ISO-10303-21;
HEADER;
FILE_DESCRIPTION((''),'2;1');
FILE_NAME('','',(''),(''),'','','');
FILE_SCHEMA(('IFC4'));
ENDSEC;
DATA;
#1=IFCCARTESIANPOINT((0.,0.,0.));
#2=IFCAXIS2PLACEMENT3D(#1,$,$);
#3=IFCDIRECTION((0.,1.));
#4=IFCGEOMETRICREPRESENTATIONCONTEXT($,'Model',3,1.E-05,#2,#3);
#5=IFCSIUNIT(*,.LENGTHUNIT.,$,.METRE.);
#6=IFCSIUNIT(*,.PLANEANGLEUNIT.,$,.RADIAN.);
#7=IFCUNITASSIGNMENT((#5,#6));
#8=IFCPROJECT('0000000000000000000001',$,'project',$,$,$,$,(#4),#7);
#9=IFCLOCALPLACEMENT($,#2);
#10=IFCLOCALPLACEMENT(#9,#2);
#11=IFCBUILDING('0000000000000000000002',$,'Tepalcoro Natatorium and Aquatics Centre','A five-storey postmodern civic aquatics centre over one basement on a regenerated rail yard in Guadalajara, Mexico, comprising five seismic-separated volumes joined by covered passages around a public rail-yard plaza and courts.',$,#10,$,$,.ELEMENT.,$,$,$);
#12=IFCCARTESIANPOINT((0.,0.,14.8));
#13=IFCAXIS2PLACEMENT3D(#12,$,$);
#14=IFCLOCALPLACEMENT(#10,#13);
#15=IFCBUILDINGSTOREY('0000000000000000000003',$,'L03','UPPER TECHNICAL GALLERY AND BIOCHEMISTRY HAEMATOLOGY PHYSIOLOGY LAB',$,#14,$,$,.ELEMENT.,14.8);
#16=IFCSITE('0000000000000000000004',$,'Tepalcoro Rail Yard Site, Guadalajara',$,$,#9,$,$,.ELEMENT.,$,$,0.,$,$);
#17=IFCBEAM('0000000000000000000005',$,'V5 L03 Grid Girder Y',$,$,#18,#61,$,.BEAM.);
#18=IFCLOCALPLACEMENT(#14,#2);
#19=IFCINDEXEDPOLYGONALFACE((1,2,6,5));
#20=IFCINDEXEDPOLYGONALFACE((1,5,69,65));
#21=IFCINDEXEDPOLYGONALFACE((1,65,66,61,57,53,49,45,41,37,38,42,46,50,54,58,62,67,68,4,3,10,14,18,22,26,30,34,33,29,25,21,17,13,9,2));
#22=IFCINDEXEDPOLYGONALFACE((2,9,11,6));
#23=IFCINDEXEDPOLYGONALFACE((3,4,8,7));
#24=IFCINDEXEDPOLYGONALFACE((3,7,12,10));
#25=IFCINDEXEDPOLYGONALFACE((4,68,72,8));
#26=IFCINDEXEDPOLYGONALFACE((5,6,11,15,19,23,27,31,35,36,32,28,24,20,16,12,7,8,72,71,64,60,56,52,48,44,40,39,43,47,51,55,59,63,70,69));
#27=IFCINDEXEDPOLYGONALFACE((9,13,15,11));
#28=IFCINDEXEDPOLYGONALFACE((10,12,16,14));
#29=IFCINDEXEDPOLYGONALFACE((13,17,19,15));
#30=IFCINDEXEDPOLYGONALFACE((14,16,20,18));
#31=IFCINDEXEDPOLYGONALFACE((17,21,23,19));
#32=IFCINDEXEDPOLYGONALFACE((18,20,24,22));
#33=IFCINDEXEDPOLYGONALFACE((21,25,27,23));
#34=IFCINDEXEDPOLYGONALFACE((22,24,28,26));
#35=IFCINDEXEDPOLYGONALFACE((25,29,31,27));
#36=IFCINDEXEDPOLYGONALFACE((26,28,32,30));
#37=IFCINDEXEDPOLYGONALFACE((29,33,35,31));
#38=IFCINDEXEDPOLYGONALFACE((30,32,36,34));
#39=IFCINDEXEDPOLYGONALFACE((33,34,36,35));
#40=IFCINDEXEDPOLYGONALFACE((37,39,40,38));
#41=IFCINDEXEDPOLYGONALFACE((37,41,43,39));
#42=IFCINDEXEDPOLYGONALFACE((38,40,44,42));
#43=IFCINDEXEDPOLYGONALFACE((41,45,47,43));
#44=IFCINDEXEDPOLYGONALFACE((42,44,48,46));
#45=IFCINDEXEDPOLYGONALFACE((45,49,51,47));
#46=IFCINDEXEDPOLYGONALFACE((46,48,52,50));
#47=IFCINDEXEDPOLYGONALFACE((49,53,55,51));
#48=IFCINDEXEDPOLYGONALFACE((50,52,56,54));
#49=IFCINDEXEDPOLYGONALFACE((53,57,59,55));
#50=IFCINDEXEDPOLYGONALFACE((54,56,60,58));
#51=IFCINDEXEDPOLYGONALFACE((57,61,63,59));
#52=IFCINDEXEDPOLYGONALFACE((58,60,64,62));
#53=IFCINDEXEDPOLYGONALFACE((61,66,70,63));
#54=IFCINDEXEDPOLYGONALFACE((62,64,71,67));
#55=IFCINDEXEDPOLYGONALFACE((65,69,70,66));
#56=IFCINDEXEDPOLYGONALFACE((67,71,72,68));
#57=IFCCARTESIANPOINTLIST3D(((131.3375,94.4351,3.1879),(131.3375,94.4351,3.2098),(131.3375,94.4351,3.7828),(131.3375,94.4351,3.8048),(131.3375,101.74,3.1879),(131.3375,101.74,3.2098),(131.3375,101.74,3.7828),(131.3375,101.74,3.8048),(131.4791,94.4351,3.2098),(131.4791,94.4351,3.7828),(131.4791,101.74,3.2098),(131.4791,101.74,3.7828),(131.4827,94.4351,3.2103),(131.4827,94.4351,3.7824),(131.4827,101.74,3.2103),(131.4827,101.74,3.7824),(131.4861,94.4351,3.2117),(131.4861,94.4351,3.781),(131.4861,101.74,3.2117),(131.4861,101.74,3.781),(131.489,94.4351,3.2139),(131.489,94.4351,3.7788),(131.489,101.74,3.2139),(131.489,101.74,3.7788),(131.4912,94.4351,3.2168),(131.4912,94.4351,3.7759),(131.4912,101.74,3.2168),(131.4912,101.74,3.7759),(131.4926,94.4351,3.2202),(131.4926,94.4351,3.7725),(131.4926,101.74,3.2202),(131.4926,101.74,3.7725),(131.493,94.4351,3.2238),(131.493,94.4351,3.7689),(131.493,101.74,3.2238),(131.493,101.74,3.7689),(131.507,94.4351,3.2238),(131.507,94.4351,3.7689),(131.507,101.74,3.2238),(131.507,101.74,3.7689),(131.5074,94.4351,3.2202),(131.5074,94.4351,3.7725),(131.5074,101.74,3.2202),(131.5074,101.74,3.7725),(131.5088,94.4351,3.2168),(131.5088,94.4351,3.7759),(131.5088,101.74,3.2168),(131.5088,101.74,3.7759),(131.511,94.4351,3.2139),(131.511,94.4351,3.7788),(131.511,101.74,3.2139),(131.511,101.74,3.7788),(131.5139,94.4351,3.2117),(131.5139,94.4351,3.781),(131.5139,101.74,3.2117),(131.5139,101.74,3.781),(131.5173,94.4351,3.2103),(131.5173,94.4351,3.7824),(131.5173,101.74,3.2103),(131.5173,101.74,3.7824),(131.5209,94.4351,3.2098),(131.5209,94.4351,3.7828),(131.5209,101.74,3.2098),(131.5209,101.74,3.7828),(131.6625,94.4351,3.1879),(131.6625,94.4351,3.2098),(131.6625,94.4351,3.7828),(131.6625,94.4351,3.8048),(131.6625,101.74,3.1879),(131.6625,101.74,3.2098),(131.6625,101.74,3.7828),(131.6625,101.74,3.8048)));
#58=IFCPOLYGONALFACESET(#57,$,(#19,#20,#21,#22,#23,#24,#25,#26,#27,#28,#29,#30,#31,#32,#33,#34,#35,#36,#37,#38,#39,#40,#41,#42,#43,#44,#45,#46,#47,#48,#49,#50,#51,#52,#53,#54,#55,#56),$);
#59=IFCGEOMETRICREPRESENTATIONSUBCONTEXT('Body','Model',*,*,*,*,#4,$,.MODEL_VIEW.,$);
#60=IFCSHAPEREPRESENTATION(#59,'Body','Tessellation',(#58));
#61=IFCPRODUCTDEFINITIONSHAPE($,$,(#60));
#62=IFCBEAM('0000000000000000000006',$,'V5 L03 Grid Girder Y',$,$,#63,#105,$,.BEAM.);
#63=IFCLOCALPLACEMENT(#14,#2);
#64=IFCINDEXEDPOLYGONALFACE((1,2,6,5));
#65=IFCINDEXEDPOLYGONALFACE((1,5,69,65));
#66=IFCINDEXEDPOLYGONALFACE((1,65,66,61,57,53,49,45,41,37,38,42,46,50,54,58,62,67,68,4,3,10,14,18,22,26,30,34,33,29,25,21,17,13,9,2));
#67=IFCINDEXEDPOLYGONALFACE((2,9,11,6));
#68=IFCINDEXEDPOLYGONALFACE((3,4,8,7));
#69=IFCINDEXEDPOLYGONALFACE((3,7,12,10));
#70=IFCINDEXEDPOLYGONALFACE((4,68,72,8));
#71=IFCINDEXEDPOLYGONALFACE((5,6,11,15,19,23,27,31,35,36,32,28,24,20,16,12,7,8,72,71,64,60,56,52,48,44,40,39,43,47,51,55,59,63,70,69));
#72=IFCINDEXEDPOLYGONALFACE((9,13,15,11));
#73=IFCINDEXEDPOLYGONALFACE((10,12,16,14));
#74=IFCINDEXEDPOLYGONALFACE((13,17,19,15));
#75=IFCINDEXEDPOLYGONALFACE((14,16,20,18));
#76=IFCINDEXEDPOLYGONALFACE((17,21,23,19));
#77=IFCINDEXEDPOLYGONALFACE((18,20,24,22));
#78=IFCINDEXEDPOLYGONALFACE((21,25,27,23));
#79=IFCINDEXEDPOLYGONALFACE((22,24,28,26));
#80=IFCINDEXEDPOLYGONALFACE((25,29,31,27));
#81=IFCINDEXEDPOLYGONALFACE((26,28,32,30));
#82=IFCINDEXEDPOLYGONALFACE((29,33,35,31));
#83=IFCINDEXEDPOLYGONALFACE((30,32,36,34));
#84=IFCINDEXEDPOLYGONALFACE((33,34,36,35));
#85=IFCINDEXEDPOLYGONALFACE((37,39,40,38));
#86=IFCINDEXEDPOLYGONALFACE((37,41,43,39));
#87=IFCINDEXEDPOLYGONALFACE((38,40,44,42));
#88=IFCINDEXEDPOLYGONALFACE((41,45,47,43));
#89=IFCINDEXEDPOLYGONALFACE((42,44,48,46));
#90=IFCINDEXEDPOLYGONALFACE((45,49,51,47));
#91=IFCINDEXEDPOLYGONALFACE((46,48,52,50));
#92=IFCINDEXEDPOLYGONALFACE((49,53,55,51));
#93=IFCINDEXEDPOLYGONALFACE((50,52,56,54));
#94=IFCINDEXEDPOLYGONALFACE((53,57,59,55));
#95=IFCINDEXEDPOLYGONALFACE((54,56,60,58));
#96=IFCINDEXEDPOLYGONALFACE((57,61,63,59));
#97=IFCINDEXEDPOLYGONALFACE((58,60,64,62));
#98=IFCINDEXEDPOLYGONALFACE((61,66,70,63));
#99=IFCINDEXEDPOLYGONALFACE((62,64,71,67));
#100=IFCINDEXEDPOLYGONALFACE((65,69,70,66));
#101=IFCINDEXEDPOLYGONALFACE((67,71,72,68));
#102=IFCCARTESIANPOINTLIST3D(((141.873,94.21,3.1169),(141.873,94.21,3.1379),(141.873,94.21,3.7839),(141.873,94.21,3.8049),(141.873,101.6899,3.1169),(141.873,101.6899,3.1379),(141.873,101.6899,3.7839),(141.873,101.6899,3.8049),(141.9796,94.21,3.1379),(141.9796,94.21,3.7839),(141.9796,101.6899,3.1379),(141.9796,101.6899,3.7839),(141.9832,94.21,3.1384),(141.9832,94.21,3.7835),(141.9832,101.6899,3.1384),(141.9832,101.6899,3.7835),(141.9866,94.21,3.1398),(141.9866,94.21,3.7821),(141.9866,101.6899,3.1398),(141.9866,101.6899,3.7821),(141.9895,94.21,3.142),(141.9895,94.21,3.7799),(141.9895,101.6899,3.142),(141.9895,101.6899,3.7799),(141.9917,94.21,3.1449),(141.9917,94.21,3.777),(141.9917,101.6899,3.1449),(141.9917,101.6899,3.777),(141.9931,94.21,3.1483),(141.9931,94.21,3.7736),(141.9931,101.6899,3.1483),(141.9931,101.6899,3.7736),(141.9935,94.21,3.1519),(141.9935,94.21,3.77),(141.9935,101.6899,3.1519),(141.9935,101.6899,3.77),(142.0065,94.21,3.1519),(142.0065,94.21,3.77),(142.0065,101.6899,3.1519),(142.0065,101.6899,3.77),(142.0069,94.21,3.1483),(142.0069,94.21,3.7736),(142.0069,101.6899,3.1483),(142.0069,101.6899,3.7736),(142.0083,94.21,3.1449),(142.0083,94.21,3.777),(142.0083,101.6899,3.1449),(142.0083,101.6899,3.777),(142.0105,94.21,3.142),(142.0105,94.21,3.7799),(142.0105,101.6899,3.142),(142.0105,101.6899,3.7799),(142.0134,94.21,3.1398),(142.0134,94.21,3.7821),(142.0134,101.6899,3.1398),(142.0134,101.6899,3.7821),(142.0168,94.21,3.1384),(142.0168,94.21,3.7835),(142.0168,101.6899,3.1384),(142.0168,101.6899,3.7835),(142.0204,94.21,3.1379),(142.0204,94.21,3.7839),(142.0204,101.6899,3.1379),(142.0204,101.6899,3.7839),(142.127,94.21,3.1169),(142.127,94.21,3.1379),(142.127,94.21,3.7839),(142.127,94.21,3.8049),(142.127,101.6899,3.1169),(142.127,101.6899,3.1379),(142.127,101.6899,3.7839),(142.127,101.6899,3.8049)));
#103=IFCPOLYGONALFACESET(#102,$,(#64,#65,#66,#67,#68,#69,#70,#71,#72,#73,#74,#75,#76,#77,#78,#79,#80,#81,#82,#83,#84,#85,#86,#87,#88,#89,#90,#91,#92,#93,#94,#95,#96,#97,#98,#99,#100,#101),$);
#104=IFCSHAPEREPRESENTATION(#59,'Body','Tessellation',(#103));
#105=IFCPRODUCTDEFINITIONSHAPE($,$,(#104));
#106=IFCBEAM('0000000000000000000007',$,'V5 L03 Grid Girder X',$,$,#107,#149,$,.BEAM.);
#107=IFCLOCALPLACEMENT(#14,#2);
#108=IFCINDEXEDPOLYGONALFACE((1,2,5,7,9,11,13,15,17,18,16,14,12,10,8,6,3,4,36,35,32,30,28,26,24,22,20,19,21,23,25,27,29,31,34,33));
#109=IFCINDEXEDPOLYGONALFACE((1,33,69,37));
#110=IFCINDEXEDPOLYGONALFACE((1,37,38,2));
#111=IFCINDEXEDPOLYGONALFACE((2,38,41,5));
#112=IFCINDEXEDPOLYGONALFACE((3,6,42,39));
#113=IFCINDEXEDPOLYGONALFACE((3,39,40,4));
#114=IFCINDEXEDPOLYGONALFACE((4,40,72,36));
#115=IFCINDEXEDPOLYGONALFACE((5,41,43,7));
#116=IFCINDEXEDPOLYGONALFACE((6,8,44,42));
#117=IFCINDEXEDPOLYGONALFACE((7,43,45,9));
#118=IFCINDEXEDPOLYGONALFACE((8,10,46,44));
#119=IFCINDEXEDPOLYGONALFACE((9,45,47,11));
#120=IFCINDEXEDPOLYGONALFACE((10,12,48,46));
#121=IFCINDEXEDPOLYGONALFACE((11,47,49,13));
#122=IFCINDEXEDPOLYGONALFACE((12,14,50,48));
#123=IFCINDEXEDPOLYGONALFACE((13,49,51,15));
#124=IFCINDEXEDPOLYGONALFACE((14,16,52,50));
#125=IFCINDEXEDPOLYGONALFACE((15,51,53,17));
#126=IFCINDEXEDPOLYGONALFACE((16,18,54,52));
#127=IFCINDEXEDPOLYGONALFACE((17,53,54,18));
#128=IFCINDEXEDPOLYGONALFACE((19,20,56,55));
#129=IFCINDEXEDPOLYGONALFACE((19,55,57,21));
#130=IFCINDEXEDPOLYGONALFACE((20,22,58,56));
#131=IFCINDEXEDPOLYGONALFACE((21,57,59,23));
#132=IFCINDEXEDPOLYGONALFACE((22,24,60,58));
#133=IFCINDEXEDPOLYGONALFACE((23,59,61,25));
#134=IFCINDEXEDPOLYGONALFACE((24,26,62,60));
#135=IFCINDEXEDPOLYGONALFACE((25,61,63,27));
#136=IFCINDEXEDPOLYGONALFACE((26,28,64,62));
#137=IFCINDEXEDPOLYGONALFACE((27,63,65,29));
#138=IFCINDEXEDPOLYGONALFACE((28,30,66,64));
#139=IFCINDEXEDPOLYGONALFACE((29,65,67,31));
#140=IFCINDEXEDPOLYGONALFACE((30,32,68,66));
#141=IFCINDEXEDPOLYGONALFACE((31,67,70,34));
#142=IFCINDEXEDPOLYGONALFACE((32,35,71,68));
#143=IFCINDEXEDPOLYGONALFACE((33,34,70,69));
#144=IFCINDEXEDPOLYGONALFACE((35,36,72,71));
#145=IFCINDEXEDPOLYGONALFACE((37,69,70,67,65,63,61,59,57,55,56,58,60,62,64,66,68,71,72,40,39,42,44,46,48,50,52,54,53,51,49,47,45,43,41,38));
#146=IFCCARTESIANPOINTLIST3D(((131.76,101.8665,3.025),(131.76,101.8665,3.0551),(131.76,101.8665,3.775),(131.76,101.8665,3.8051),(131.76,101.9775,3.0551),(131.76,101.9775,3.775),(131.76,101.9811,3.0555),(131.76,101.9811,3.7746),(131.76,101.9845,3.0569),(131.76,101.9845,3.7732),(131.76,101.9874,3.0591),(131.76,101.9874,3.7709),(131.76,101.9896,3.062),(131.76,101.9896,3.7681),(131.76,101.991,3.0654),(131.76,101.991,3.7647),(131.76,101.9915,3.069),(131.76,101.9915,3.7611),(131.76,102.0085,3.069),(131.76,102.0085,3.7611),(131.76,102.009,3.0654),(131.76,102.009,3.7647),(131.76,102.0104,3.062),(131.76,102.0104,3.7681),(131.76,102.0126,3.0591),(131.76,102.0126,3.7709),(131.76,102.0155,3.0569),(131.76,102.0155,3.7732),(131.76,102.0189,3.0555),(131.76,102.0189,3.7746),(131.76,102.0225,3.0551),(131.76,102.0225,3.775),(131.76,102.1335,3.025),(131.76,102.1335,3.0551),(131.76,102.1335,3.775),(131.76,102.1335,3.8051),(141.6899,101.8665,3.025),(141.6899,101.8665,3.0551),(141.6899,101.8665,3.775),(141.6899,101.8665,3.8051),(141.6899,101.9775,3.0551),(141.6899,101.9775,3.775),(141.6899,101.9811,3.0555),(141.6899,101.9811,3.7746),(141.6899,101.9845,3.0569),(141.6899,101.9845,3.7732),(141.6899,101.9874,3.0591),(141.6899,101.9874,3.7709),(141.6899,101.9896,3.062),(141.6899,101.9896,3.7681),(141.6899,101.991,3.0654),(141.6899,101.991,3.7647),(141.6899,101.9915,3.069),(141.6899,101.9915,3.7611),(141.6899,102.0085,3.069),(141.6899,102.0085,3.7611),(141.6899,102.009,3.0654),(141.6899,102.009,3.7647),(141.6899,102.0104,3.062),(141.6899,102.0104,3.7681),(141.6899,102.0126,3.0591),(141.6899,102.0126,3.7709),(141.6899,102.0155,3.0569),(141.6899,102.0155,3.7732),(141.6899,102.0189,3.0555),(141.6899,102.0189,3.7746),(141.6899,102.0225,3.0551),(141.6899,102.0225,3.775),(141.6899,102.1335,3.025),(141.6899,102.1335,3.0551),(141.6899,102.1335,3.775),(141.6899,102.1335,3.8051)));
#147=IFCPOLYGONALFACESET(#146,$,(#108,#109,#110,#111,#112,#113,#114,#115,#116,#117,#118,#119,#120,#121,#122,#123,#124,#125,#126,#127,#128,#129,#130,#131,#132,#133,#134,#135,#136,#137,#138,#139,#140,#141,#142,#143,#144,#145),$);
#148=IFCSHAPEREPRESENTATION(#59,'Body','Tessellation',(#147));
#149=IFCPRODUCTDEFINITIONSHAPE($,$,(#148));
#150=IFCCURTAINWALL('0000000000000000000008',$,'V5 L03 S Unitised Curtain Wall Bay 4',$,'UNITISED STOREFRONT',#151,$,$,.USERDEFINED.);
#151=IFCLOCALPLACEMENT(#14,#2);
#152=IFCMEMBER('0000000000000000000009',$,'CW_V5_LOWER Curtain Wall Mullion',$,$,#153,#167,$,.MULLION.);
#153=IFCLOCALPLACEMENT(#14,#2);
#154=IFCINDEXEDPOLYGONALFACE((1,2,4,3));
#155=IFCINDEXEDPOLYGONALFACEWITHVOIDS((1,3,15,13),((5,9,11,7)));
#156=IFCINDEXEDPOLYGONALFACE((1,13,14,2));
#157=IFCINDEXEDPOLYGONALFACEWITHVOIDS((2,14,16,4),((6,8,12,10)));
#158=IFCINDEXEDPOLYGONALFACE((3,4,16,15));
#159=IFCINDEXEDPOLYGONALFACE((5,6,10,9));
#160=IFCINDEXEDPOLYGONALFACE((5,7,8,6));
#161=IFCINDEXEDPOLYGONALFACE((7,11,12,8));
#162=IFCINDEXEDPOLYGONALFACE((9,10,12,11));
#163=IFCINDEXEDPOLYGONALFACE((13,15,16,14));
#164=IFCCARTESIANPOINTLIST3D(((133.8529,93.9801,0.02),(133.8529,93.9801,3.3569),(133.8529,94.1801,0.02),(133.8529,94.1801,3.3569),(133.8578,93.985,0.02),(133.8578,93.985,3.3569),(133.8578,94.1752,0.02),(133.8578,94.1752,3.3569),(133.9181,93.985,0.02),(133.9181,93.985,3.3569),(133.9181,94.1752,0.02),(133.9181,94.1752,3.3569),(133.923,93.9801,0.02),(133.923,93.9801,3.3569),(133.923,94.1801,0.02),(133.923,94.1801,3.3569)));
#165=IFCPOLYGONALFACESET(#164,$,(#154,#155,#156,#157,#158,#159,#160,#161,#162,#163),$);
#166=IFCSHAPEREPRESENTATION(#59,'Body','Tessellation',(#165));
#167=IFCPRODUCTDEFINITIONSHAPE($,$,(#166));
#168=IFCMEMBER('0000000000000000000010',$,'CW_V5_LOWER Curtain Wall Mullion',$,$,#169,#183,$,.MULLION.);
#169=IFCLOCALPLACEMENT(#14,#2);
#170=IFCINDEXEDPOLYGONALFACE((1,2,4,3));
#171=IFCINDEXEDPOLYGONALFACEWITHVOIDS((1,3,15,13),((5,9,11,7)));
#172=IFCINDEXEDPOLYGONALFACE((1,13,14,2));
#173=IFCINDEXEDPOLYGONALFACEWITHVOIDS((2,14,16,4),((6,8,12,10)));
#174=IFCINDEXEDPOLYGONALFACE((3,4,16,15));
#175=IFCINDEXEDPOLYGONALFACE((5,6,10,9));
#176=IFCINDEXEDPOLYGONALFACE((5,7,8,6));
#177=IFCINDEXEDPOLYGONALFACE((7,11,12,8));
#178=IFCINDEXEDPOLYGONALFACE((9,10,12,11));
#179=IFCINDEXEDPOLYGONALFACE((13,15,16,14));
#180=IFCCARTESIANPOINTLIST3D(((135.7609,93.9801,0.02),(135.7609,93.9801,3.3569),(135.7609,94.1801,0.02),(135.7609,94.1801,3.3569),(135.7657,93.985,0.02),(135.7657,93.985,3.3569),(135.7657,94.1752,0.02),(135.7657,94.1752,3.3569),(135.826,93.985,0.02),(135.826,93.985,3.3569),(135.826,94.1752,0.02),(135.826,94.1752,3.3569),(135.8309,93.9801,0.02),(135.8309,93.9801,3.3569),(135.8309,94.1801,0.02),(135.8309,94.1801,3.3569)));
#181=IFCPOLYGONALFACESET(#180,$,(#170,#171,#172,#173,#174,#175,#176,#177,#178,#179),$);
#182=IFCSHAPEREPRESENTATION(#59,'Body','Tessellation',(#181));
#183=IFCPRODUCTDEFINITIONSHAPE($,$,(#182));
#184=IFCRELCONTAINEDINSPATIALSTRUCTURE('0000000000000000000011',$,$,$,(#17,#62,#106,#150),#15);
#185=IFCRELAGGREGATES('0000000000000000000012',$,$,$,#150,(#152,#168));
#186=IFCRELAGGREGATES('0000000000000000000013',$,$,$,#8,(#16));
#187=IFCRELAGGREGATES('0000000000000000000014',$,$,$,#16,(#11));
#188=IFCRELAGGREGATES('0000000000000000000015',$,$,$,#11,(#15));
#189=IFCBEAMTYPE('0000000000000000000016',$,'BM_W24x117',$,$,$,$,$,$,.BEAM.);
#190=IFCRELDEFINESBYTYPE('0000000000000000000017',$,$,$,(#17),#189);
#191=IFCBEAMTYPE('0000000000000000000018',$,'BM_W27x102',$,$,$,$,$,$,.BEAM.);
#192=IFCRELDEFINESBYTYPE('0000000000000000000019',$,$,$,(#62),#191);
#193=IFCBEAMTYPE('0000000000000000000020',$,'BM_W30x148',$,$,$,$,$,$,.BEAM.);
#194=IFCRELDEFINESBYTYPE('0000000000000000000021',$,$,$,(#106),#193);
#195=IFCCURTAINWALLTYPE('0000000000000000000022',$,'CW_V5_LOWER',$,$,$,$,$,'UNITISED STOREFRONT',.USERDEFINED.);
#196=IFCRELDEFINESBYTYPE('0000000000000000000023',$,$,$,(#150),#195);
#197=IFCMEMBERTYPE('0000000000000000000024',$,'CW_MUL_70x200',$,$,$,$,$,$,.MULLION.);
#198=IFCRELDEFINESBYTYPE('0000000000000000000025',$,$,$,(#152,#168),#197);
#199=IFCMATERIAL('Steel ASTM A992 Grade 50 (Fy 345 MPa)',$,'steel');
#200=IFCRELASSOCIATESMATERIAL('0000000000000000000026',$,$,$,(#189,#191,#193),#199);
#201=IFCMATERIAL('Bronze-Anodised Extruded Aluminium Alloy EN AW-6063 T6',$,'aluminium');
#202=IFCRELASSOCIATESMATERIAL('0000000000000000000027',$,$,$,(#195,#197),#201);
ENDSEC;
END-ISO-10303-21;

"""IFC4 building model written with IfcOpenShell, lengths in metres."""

from ifc_helpers import new_model, si_unit, direction, frame, origin, origin_2d, place, context, subcontext, project, spatial, hollow_rectangle, i_section, extrude, material, material_profile, profile_set, type_object, element, aggregate, save


model = new_model("IFC4")

# Units and contexts
model_context = context("Model", 3, precision=1e-05, world=origin(), true_north=direction((0.0, 1.0)))
body_context = subcontext(model_context, "Body", "Model", "MODEL_VIEW")
ifc_project = project(units=[si_unit("LENGTHUNIT", "METRE"), si_unit("PLANEANGLEUNIT", "RADIAN")], contexts=[model_context])

# Site, building, storey
site_placement = place(None, origin())
site = spatial("IfcSite", under=ifc_project, at=site_placement, Name="Tepalcoro Rail Yard Site, Guadalajara", CompositionType="ELEMENT", RefElevation=0.0)
building_placement = place(site_placement, origin())
building = spatial("IfcBuilding", under=site, at=building_placement, Name="Tepalcoro Natatorium and Aquatics Centre", Description="A five-storey postmodern civic aquatics centre over one basement on a regenerated rail yard in Guadalajara, Mexico, comprising five seismic-separated volumes joined by covered passages around a public rail-yard plaza and courts.", CompositionType="ELEMENT")
storey_placement = place(building_placement, frame((0.0, 0.0, 14.8)))
storey = spatial("IfcBuildingStorey", under=building, at=storey_placement, Name="L03", Description="UPPER TECHNICAL GALLERY AND BIOCHEMISTRY HAEMATOLOGY PHYSIOLOGY LAB", CompositionType="ELEMENT", Elevation=14.8)

# Beams
ifc_material_1 = material(Name="Steel ASTM A992 Grade 50 (Fy 345 MPa)", Category="steel")
ifc_material_profile_1 = material_profile(ifc_material_1, i_section(OverallWidth=0.325, OverallDepth=0.6169, WebThickness=0.0139, FlangeThickness=0.022, FilletRadius=0.0139, at=origin_2d()), Name="W24X117")
ifc_profile_set_1 = profile_set([ifc_material_profile_1], Name="Steel ASTM A992 Grade 50 (Fy 345 MPa)")
beam_type_1 = type_object("IfcBeamType", Name="BM_W24x117", PredefinedType="BEAM", material=ifc_profile_set_1)
beam_1_placement = place(storey_placement, frame((131.5, 94.4351, 3.4963), z_axis=(0.0, 1.0, 0.0), x_axis=(-1.0, 0.0, 0.0)))
element("IfcBeam", 1, at=beam_1_placement, inside=storey, type_object=beam_type_1, Name="V5 L03 Grid Girder Y", PredefinedType="BEAM", context=body_context, shape_type="SweptSolid", body=[
    extrude(i_section(OverallWidth=0.325, OverallDepth=0.6169, WebThickness=0.0139, FlangeThickness=0.022, FilletRadius=0.0139, at=origin_2d()), origin(), (0.0, 0.0, 1.0), 7.3049),
])
ifc_material_profile_2 = material_profile(ifc_material_1, i_section(OverallWidth=0.2539, OverallDepth=0.688, WebThickness=0.0129, FlangeThickness=0.021, FilletRadius=0.0139, at=origin_2d()), Name="W27X102")
ifc_profile_set_2 = profile_set([ifc_material_profile_2], Name="Steel ASTM A992 Grade 50 (Fy 345 MPa)")
beam_type_2 = type_object("IfcBeamType", Name="BM_W27x102", PredefinedType="BEAM", material=ifc_profile_set_2)
beam_2_placement = place(storey_placement, frame((142.0, 94.21, 3.4609), z_axis=(0.0, 1.0, 0.0), x_axis=(-1.0, 0.0, 0.0)))
element("IfcBeam", 2, at=beam_2_placement, inside=storey, type_object=beam_type_2, Name="V5 L03 Grid Girder Y", PredefinedType="BEAM", context=body_context, shape_type="SweptSolid", body=[
    extrude(i_section(OverallWidth=0.2539, OverallDepth=0.688, WebThickness=0.0129, FlangeThickness=0.021, FilletRadius=0.0139, at=origin_2d()), origin(), (0.0, 0.0, 1.0), 7.48),
])
ifc_material_profile_3 = material_profile(ifc_material_1, i_section(OverallWidth=0.2671, OverallDepth=0.78, WebThickness=0.0171, FlangeThickness=0.03, FilletRadius=0.0139, at=origin_2d()), Name="W30X148")
ifc_profile_set_3 = profile_set([ifc_material_profile_3], Name="Steel ASTM A992 Grade 50 (Fy 345 MPa)")
beam_type_3 = type_object("IfcBeamType", Name="BM_W30x148", PredefinedType="BEAM", material=ifc_profile_set_3)
beam_3_placement = place(storey_placement, frame((131.76, 102.0, 3.415), z_axis=(1.0, 0.0, 0.0), x_axis=(0.0, 1.0, 0.0)))
element("IfcBeam", 3, at=beam_3_placement, inside=storey, type_object=beam_type_3, Name="V5 L03 Grid Girder X", PredefinedType="BEAM", context=body_context, shape_type="SweptSolid", body=[
    extrude(i_section(OverallWidth=0.2671, OverallDepth=0.78, WebThickness=0.0171, FlangeThickness=0.03, FilletRadius=0.0139, at=origin_2d()), origin(), (0.0, 0.0, 1.0), 9.9299),
])

# Curtain wall, members
ifc_material_2 = material(Name="Bronze-Anodised Extruded Aluminium Alloy EN AW-6063 T6", Category="aluminium")
curtain_wall_type = type_object("IfcCurtainWallType", Name="CW_V5_LOWER", ElementType="UNITISED STOREFRONT", PredefinedType="USERDEFINED", material=ifc_material_2)
curtain_wall_placement = place(storey_placement, origin())
curtain_wall = element("IfcCurtainWall", 4, at=curtain_wall_placement, inside=storey, type_object=curtain_wall_type, Name="V5 L03 S Unitised Curtain Wall Bay 4", ObjectType="UNITISED STOREFRONT", PredefinedType="USERDEFINED")
ifc_material_profile_4 = material_profile(ifc_material_2, hollow_rectangle(XDim=0.0701, YDim=0.2, WallThickness=0.0049, at=origin_2d()), Name="AL70X200X5")
ifc_profile_set_4 = profile_set([ifc_material_profile_4], Name="Bronze-Anodised Extruded Aluminium Alloy EN AW-6063 T6")
member_type_1 = type_object("IfcMemberType", Name="CW_MUL_70x200", PredefinedType="MULLION", material=ifc_profile_set_4)
member_1_placement = place(storey_placement, frame((133.8879, 94.0801, 0.02), z_axis=(0.0, 0.0, 1.0), x_axis=(1.0, 0.0, 0.0)))
member_1 = element("IfcMember", 5, at=member_1_placement, type_object=member_type_1, Name="CW_V5_LOWER Curtain Wall Mullion", PredefinedType="MULLION", context=body_context, shape_type="SweptSolid", body=[
    extrude(hollow_rectangle(XDim=0.0701, YDim=0.2, WallThickness=0.0049, at=origin_2d()), origin(), (0.0, 0.0, 1.0), 3.3369),
])
member_2_placement = place(storey_placement, frame((135.7959, 94.0801, 0.02), z_axis=(0.0, 0.0, 1.0), x_axis=(1.0, 0.0, 0.0)))
member_2 = element("IfcMember", 6, at=member_2_placement, type_object=member_type_1, Name="CW_V5_LOWER Curtain Wall Mullion", PredefinedType="MULLION", context=body_context, shape_type="SweptSolid", body=[
    extrude(hollow_rectangle(XDim=0.0701, YDim=0.2, WallThickness=0.0049, at=origin_2d()), origin(), (0.0, 0.0, 1.0), 3.3369),
])

aggregate(curtain_wall, [member_1, member_2])

save(model, "model.ifc")
